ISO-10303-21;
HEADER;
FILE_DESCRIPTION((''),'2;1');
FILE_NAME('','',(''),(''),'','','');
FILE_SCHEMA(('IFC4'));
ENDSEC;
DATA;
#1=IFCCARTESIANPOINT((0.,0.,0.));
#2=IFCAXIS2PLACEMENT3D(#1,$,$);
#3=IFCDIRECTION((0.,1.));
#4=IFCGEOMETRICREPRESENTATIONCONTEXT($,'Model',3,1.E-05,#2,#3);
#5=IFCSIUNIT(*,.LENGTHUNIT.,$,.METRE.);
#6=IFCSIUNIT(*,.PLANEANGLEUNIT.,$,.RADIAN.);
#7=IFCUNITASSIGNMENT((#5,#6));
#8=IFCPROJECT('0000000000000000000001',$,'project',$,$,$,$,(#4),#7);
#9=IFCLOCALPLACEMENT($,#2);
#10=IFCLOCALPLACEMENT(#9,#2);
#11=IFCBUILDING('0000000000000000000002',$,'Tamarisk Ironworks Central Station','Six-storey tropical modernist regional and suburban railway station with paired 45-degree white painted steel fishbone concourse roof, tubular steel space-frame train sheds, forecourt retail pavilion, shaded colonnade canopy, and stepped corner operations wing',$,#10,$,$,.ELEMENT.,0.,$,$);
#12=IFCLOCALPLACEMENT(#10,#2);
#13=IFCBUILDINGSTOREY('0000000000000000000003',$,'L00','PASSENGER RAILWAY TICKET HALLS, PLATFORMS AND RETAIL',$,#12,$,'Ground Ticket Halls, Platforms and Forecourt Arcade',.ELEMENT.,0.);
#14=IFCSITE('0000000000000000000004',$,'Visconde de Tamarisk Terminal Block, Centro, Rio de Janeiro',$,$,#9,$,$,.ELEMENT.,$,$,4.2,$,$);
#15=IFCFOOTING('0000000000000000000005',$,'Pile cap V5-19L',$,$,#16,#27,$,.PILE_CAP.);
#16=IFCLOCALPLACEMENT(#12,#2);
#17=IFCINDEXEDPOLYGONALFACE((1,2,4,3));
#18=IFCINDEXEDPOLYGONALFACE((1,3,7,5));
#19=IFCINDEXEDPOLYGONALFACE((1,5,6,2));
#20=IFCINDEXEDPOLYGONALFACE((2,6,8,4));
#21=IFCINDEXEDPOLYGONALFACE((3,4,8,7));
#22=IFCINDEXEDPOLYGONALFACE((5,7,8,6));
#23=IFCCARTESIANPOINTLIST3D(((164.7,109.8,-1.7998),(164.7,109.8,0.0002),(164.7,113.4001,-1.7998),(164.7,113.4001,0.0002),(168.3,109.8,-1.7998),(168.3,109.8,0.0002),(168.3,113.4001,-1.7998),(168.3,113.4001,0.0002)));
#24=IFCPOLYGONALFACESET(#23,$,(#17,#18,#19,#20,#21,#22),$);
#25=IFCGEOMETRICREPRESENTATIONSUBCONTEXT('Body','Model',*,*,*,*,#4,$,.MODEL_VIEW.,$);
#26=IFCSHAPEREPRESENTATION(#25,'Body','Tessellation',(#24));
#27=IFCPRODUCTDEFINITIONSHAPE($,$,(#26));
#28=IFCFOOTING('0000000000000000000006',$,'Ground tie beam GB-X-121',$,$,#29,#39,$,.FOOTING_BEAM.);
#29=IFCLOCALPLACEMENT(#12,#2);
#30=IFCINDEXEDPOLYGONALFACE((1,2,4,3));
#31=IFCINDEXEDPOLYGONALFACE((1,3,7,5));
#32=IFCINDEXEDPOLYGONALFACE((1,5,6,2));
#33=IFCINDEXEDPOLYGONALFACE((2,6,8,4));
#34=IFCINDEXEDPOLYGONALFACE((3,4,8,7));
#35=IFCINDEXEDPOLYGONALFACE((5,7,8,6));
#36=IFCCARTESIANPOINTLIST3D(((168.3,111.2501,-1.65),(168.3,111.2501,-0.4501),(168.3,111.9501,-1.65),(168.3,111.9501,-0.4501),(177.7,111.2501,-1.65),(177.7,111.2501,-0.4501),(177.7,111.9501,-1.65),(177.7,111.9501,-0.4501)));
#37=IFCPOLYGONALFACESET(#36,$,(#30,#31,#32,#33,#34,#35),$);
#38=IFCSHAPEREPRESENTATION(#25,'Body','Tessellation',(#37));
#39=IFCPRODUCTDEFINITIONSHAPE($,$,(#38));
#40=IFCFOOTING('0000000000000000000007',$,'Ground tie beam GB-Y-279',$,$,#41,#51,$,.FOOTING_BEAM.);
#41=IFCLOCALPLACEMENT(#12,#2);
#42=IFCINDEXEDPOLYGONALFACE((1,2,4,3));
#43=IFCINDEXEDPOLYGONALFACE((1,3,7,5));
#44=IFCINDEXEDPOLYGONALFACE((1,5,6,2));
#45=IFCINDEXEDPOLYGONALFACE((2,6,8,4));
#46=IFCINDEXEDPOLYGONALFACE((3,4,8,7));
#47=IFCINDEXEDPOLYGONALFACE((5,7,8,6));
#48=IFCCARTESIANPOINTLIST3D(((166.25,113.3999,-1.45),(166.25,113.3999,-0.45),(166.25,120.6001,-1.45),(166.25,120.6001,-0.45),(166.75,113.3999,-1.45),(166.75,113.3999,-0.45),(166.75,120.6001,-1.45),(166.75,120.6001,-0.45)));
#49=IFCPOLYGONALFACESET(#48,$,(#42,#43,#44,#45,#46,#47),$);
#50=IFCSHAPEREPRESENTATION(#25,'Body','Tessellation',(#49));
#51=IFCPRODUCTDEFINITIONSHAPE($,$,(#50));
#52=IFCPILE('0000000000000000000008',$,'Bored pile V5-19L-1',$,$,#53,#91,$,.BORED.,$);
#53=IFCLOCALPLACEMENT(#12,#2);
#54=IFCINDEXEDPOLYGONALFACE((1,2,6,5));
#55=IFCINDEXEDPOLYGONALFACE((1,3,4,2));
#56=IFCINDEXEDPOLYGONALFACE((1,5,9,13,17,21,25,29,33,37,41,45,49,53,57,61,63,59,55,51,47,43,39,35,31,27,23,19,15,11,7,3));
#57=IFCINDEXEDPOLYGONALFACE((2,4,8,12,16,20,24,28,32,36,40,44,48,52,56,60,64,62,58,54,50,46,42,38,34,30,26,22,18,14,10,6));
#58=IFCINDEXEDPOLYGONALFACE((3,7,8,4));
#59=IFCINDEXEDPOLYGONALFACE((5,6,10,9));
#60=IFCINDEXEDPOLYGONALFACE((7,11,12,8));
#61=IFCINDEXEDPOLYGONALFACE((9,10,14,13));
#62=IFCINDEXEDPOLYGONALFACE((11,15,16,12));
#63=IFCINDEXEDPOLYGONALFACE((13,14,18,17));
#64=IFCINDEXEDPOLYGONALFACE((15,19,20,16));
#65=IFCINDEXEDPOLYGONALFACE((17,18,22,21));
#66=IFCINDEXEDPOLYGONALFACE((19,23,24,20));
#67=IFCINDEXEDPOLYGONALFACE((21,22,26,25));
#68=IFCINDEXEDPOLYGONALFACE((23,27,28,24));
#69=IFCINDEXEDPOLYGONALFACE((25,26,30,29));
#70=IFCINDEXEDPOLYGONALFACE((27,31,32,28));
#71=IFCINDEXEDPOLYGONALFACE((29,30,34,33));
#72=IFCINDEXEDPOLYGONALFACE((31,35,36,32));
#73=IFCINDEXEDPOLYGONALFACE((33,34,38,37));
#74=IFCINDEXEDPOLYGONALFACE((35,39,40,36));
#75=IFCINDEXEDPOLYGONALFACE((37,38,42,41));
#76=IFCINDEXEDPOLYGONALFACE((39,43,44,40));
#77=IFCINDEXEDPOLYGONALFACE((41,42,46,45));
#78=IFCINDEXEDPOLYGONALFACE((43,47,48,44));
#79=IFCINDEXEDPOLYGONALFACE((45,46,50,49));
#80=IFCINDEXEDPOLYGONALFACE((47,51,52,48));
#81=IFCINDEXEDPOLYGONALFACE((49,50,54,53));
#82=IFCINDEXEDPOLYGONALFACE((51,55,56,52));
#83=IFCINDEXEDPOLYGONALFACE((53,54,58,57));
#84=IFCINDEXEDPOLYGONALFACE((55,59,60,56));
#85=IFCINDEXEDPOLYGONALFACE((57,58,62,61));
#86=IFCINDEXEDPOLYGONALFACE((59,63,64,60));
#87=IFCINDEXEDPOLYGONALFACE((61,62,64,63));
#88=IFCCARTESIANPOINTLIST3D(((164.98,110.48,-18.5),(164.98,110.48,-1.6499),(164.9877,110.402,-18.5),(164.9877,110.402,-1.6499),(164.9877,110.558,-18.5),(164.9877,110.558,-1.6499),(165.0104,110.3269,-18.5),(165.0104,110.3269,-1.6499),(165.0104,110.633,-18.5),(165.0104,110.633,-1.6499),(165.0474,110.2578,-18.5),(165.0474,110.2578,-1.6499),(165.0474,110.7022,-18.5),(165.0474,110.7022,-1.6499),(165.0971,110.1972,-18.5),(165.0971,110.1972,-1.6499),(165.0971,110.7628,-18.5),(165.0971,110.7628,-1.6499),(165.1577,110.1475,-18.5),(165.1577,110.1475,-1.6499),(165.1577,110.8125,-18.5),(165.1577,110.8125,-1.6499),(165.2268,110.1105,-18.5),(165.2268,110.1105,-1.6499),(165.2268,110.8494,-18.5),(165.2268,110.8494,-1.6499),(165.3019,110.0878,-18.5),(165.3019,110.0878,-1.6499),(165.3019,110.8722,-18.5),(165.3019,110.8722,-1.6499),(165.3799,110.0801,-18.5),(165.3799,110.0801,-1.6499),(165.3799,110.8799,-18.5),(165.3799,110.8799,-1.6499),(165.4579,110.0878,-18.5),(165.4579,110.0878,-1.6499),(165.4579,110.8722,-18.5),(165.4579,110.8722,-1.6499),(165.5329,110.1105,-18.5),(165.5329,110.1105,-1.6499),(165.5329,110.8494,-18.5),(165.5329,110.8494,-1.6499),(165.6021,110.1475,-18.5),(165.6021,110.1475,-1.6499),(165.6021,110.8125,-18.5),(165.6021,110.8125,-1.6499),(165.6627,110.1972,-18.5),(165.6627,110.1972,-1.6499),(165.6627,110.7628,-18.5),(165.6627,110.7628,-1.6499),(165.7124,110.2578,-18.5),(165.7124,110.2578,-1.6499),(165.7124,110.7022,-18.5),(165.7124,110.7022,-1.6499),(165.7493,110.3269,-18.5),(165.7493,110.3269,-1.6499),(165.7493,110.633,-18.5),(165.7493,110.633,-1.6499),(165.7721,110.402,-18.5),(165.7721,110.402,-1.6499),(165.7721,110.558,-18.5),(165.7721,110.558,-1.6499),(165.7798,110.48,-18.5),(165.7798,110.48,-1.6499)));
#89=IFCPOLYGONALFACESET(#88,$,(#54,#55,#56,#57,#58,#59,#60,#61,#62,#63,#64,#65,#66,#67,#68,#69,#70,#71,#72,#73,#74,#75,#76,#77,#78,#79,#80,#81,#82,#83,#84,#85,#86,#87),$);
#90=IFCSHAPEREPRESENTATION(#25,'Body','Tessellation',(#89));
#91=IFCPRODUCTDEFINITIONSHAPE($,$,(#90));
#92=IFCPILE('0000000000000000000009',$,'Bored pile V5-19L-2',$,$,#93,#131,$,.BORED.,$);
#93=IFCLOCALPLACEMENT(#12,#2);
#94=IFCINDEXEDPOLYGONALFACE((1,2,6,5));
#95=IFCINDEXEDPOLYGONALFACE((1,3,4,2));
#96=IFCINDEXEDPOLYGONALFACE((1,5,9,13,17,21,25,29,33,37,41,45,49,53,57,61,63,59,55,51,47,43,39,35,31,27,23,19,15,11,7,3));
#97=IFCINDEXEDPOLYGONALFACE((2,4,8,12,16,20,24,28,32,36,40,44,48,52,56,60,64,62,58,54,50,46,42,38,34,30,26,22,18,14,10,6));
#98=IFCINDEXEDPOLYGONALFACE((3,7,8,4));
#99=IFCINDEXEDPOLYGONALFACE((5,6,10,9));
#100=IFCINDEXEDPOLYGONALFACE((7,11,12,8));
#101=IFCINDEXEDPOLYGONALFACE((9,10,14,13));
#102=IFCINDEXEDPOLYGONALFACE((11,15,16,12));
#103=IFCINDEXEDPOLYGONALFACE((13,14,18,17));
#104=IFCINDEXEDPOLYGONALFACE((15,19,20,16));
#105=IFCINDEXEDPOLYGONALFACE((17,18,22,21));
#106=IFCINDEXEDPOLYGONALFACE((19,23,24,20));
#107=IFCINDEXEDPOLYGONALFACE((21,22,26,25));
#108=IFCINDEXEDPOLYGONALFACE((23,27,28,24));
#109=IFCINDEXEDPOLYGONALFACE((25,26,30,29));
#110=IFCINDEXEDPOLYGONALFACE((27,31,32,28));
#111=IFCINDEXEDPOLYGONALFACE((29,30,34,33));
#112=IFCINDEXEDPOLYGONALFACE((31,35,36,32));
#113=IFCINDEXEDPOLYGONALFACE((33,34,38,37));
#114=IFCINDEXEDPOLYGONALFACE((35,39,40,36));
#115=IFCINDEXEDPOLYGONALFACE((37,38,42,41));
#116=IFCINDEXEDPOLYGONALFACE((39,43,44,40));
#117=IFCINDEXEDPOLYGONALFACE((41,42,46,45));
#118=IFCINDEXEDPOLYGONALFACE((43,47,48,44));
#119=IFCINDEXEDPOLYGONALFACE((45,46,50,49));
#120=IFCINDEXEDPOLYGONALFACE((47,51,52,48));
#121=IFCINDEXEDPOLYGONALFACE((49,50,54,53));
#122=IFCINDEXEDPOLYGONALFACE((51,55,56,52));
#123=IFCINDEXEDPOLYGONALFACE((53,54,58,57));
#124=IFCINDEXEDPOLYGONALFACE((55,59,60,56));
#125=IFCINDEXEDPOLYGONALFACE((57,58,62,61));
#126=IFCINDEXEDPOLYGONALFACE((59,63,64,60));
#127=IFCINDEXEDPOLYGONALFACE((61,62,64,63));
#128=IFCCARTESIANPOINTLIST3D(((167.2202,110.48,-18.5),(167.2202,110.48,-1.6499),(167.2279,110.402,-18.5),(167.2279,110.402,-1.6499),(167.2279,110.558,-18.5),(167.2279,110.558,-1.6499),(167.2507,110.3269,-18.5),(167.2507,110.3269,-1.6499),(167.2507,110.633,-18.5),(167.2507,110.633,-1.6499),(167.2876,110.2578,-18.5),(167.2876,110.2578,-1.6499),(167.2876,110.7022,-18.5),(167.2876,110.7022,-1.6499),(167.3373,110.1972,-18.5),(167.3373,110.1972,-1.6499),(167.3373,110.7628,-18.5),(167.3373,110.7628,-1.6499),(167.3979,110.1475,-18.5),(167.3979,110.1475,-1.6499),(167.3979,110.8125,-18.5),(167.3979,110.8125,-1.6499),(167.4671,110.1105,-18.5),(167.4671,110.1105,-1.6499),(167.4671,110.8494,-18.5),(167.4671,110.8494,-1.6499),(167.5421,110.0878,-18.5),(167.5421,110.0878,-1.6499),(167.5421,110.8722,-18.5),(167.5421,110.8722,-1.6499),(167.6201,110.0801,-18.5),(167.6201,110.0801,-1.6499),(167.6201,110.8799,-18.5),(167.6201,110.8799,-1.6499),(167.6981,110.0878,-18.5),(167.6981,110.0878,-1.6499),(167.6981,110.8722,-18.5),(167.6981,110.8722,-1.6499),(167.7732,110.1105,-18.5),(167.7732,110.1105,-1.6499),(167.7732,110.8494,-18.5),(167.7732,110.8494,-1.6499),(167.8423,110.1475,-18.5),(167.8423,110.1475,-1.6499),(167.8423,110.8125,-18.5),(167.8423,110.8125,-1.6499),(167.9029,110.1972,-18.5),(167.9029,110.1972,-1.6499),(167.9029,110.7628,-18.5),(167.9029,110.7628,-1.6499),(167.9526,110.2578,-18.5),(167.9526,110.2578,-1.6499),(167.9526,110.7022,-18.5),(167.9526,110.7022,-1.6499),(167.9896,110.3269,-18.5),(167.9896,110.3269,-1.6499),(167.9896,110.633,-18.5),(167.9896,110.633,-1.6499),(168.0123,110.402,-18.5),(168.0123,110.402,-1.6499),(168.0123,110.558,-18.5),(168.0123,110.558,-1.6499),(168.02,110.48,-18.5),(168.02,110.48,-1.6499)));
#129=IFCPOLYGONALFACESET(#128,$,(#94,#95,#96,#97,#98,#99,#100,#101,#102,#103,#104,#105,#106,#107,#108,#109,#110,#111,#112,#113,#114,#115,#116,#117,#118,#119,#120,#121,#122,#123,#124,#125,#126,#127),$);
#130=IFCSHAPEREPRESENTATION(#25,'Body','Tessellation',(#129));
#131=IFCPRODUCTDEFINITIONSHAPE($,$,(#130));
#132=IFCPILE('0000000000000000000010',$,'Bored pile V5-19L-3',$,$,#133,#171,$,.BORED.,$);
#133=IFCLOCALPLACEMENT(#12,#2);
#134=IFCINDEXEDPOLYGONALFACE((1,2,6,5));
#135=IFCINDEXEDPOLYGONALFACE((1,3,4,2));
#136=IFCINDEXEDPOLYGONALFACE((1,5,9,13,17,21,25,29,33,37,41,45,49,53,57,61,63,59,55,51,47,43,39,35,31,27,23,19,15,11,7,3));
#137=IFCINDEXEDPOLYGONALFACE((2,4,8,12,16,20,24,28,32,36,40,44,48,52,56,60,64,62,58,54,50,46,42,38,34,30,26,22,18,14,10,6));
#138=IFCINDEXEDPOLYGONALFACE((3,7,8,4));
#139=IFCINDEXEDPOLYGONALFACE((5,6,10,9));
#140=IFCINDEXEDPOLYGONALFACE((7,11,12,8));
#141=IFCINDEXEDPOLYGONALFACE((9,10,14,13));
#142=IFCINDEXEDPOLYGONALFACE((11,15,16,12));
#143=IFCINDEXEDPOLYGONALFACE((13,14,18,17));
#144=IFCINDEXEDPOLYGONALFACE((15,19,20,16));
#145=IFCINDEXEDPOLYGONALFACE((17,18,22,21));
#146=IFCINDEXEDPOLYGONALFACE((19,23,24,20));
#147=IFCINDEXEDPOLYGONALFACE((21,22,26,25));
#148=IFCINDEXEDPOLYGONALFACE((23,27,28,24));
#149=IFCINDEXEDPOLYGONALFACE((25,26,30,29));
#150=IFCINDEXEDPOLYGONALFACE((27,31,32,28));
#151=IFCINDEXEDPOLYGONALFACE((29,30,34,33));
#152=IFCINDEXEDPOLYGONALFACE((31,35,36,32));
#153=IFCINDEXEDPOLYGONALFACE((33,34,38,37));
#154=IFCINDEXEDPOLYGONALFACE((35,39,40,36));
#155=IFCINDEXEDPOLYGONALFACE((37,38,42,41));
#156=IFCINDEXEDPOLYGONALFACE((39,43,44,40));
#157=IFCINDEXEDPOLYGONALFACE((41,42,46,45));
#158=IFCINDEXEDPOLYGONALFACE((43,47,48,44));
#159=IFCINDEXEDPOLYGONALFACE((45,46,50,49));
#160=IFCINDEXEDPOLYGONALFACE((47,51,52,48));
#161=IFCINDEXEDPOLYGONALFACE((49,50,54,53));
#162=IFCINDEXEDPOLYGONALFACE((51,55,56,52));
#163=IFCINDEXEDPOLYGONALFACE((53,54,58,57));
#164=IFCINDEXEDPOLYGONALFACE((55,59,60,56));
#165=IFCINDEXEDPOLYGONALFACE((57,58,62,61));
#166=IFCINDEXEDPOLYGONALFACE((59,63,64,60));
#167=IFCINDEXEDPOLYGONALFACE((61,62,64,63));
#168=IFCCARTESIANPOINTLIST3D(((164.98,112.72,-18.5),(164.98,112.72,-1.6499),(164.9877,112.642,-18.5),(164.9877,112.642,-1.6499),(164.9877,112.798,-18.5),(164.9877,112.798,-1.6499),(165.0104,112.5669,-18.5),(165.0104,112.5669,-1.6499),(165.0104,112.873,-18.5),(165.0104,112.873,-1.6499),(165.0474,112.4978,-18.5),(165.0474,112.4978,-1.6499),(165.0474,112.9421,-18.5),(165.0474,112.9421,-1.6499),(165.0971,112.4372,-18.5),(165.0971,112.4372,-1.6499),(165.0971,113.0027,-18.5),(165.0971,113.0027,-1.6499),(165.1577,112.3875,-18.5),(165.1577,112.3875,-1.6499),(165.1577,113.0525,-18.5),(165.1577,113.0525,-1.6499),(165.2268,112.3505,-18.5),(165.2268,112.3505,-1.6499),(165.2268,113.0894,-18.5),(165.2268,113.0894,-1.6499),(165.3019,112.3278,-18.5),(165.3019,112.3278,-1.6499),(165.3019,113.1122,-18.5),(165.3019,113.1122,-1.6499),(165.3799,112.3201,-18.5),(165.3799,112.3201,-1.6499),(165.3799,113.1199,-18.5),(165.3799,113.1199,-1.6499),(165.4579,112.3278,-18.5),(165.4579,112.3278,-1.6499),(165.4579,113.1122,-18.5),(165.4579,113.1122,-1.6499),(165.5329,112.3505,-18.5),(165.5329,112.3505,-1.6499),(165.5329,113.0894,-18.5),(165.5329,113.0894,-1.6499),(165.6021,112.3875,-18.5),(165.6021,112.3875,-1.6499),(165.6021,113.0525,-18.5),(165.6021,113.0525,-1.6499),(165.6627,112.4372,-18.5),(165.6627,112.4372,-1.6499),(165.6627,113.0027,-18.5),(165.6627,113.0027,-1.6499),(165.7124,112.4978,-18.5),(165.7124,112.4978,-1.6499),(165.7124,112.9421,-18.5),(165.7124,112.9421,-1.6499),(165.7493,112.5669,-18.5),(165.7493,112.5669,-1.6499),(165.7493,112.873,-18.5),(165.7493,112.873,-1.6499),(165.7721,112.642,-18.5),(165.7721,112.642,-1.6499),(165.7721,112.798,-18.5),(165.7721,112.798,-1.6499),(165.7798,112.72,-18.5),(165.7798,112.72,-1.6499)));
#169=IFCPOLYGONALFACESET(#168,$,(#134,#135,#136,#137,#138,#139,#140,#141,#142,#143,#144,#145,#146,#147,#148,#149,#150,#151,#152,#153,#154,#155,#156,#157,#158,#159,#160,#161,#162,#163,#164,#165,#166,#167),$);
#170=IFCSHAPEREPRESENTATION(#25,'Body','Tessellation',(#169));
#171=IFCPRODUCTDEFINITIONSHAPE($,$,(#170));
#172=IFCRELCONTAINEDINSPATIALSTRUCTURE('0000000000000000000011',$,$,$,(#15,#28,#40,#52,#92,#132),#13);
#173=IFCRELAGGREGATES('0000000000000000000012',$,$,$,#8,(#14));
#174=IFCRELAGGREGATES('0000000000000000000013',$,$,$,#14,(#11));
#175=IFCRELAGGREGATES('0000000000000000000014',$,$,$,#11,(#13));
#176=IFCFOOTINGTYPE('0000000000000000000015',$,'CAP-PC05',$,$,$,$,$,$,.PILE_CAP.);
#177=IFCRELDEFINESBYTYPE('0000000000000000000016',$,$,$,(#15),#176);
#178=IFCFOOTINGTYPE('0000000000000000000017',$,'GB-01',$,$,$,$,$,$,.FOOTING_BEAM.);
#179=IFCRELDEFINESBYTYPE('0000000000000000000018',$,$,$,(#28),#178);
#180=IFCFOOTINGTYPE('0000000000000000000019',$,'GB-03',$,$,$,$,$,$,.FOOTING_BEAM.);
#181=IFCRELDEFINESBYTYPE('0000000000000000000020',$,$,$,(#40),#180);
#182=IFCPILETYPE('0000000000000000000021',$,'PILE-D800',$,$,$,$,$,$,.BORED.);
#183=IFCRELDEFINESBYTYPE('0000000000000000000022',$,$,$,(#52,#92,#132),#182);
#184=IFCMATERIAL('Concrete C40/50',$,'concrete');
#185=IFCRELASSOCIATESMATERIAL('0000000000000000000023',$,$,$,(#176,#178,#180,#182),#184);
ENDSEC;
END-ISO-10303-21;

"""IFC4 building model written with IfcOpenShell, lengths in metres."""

from ifc_helpers import new_model, si_unit, direction, frame, origin, origin_2d, place, context, subcontext, project, spatial, rectangle, circle, extrude, material, material_profile, profile_set, type_object, element, save


model = new_model("IFC4")

# Units and contexts
model_context = context("Model", 3, precision=1e-05, world=origin(), true_north=direction((0.0, 1.0)))
body_context = subcontext(model_context, "Body", "Model", "MODEL_VIEW")
ifc_project = project(units=[si_unit("LENGTHUNIT", "METRE"), si_unit("PLANEANGLEUNIT", "RADIAN")], contexts=[model_context])

# Site, building, storey
site_placement = place(None, origin())
site = spatial("IfcSite", under=ifc_project, at=site_placement, Name="Visconde de Tamarisk Terminal Block, Centro, Rio de Janeiro", CompositionType="ELEMENT", RefElevation=4.2)
building_placement = place(site_placement, origin())
building = spatial("IfcBuilding", under=site, at=building_placement, Name="Tamarisk Ironworks Central Station", Description="Six-storey tropical modernist regional and suburban railway station with paired 45-degree white painted steel fishbone concourse roof, tubular steel space-frame train sheds, forecourt retail pavilion, shaded colonnade canopy, and stepped corner operations wing", CompositionType="ELEMENT", ElevationOfRefHeight=0.0)
storey_placement = place(building_placement, origin())
storey = spatial("IfcBuildingStorey", under=building, at=storey_placement, Name="L00", Description="PASSENGER RAILWAY TICKET HALLS, PLATFORMS AND RETAIL", LongName="Ground Ticket Halls, Platforms and Forecourt Arcade", CompositionType="ELEMENT", Elevation=0.0)

# Footings
ifc_material_1 = material(Name="Concrete C40/50", Category="concrete")
footing_type_1 = type_object("IfcFootingType", Name="CAP-PC05", PredefinedType="PILE_CAP", material=ifc_material_1)
footing_1_placement = place(storey_placement, frame((166.5, 111.6001, -1.7998), z_axis=(0.0, 0.0, 1.0), x_axis=(1.0, 0.0, 0.0)))
element("IfcFooting", 1, at=footing_1_placement, inside=storey, type_object=footing_type_1, Name="Pile cap V5-19L", PredefinedType="PILE_CAP", context=body_context, shape_type="SweptSolid", body=[
    extrude(rectangle(XDim=3.6001, YDim=3.6001, at=origin_2d()), origin(), (0.0, 0.0, 1.0), 1.8),
])
ifc_material_profile_1 = material_profile(ifc_material_1, rectangle(XDim=0.7, YDim=1.2, at=origin_2d()), Name="GB01 700x1200")
ifc_profile_set_1 = profile_set([ifc_material_profile_1], Name="Concrete C40/50")
footing_type_2 = type_object("IfcFootingType", Name="GB-01", PredefinedType="FOOTING_BEAM", material=ifc_profile_set_1)
footing_2_placement = place(storey_placement, frame((168.3, 111.6001, -1.05), z_axis=(1.0, 0.0, 0.0), x_axis=(0.0, 1.0, 0.0)))
element("IfcFooting", 2, at=footing_2_placement, inside=storey, type_object=footing_type_2, Name="Ground tie beam GB-X-121", PredefinedType="FOOTING_BEAM", context=body_context, shape_type="SweptSolid", body=[
    extrude(rectangle(XDim=0.7, YDim=1.2, at=origin_2d()), origin(), (0.0, 0.0, 1.0), 9.3999),
])
ifc_material_profile_2 = material_profile(ifc_material_1, rectangle(XDim=0.5, YDim=1.0, at=origin_2d()), Name="GB03 500x1000")
ifc_profile_set_2 = profile_set([ifc_material_profile_2], Name="Concrete C40/50")
footing_type_3 = type_object("IfcFootingType", Name="GB-03", PredefinedType="FOOTING_BEAM", material=ifc_profile_set_2)
footing_3_placement = place(storey_placement, frame((166.5, 113.3999, -0.95), z_axis=(0.0, 1.0, 0.0), x_axis=(-1.0, 0.0, 0.0)))
element("IfcFooting", 3, at=footing_3_placement, inside=storey, type_object=footing_type_3, Name="Ground tie beam GB-Y-279", PredefinedType="FOOTING_BEAM", context=body_context, shape_type="SweptSolid", body=[
    extrude(rectangle(XDim=0.5, YDim=1.0, at=origin_2d()), origin(), (0.0, 0.0, 1.0), 7.2002),
])

# Piles
ifc_material_profile_3 = material_profile(ifc_material_1, circle(Radius=0.3999, at=origin_2d()), Name="BORED PILE D800")
ifc_profile_set_3 = profile_set([ifc_material_profile_3], Name="Concrete C40/50")
pile_type = type_object("IfcPileType", Name="PILE-D800", PredefinedType="BORED", material=ifc_profile_set_3)
for number, where, z_axis, x_axis, name in (
    (4, (165.3799, 110.48, -1.6499), (0.0, 0.0, -1.0), (1.0, 0.0, 0.0), "Bored pile V5-19L-1"),
    (5, (167.6201, 110.48, -1.6499), (0.0, 0.0, -1.0), (1.0, 0.0, 0.0), "Bored pile V5-19L-2"),
    (6, (165.3799, 112.72, -1.6499), (0.0, 0.0, -1.0), (1.0, 0.0, 0.0), "Bored pile V5-19L-3"),
):
    element("IfcPile", number, at=place(storey_placement, frame(where, z_axis=z_axis, x_axis=x_axis)), inside=storey, type_object=pile_type, Name=name, PredefinedType="BORED", context=body_context, shape_type="SweptSolid", body=[
        extrude(circle(Radius=0.3999, at=origin_2d()), origin(), (0.0, 0.0, 1.0), 16.8501),
    ])

save(model, "model.ifc")
